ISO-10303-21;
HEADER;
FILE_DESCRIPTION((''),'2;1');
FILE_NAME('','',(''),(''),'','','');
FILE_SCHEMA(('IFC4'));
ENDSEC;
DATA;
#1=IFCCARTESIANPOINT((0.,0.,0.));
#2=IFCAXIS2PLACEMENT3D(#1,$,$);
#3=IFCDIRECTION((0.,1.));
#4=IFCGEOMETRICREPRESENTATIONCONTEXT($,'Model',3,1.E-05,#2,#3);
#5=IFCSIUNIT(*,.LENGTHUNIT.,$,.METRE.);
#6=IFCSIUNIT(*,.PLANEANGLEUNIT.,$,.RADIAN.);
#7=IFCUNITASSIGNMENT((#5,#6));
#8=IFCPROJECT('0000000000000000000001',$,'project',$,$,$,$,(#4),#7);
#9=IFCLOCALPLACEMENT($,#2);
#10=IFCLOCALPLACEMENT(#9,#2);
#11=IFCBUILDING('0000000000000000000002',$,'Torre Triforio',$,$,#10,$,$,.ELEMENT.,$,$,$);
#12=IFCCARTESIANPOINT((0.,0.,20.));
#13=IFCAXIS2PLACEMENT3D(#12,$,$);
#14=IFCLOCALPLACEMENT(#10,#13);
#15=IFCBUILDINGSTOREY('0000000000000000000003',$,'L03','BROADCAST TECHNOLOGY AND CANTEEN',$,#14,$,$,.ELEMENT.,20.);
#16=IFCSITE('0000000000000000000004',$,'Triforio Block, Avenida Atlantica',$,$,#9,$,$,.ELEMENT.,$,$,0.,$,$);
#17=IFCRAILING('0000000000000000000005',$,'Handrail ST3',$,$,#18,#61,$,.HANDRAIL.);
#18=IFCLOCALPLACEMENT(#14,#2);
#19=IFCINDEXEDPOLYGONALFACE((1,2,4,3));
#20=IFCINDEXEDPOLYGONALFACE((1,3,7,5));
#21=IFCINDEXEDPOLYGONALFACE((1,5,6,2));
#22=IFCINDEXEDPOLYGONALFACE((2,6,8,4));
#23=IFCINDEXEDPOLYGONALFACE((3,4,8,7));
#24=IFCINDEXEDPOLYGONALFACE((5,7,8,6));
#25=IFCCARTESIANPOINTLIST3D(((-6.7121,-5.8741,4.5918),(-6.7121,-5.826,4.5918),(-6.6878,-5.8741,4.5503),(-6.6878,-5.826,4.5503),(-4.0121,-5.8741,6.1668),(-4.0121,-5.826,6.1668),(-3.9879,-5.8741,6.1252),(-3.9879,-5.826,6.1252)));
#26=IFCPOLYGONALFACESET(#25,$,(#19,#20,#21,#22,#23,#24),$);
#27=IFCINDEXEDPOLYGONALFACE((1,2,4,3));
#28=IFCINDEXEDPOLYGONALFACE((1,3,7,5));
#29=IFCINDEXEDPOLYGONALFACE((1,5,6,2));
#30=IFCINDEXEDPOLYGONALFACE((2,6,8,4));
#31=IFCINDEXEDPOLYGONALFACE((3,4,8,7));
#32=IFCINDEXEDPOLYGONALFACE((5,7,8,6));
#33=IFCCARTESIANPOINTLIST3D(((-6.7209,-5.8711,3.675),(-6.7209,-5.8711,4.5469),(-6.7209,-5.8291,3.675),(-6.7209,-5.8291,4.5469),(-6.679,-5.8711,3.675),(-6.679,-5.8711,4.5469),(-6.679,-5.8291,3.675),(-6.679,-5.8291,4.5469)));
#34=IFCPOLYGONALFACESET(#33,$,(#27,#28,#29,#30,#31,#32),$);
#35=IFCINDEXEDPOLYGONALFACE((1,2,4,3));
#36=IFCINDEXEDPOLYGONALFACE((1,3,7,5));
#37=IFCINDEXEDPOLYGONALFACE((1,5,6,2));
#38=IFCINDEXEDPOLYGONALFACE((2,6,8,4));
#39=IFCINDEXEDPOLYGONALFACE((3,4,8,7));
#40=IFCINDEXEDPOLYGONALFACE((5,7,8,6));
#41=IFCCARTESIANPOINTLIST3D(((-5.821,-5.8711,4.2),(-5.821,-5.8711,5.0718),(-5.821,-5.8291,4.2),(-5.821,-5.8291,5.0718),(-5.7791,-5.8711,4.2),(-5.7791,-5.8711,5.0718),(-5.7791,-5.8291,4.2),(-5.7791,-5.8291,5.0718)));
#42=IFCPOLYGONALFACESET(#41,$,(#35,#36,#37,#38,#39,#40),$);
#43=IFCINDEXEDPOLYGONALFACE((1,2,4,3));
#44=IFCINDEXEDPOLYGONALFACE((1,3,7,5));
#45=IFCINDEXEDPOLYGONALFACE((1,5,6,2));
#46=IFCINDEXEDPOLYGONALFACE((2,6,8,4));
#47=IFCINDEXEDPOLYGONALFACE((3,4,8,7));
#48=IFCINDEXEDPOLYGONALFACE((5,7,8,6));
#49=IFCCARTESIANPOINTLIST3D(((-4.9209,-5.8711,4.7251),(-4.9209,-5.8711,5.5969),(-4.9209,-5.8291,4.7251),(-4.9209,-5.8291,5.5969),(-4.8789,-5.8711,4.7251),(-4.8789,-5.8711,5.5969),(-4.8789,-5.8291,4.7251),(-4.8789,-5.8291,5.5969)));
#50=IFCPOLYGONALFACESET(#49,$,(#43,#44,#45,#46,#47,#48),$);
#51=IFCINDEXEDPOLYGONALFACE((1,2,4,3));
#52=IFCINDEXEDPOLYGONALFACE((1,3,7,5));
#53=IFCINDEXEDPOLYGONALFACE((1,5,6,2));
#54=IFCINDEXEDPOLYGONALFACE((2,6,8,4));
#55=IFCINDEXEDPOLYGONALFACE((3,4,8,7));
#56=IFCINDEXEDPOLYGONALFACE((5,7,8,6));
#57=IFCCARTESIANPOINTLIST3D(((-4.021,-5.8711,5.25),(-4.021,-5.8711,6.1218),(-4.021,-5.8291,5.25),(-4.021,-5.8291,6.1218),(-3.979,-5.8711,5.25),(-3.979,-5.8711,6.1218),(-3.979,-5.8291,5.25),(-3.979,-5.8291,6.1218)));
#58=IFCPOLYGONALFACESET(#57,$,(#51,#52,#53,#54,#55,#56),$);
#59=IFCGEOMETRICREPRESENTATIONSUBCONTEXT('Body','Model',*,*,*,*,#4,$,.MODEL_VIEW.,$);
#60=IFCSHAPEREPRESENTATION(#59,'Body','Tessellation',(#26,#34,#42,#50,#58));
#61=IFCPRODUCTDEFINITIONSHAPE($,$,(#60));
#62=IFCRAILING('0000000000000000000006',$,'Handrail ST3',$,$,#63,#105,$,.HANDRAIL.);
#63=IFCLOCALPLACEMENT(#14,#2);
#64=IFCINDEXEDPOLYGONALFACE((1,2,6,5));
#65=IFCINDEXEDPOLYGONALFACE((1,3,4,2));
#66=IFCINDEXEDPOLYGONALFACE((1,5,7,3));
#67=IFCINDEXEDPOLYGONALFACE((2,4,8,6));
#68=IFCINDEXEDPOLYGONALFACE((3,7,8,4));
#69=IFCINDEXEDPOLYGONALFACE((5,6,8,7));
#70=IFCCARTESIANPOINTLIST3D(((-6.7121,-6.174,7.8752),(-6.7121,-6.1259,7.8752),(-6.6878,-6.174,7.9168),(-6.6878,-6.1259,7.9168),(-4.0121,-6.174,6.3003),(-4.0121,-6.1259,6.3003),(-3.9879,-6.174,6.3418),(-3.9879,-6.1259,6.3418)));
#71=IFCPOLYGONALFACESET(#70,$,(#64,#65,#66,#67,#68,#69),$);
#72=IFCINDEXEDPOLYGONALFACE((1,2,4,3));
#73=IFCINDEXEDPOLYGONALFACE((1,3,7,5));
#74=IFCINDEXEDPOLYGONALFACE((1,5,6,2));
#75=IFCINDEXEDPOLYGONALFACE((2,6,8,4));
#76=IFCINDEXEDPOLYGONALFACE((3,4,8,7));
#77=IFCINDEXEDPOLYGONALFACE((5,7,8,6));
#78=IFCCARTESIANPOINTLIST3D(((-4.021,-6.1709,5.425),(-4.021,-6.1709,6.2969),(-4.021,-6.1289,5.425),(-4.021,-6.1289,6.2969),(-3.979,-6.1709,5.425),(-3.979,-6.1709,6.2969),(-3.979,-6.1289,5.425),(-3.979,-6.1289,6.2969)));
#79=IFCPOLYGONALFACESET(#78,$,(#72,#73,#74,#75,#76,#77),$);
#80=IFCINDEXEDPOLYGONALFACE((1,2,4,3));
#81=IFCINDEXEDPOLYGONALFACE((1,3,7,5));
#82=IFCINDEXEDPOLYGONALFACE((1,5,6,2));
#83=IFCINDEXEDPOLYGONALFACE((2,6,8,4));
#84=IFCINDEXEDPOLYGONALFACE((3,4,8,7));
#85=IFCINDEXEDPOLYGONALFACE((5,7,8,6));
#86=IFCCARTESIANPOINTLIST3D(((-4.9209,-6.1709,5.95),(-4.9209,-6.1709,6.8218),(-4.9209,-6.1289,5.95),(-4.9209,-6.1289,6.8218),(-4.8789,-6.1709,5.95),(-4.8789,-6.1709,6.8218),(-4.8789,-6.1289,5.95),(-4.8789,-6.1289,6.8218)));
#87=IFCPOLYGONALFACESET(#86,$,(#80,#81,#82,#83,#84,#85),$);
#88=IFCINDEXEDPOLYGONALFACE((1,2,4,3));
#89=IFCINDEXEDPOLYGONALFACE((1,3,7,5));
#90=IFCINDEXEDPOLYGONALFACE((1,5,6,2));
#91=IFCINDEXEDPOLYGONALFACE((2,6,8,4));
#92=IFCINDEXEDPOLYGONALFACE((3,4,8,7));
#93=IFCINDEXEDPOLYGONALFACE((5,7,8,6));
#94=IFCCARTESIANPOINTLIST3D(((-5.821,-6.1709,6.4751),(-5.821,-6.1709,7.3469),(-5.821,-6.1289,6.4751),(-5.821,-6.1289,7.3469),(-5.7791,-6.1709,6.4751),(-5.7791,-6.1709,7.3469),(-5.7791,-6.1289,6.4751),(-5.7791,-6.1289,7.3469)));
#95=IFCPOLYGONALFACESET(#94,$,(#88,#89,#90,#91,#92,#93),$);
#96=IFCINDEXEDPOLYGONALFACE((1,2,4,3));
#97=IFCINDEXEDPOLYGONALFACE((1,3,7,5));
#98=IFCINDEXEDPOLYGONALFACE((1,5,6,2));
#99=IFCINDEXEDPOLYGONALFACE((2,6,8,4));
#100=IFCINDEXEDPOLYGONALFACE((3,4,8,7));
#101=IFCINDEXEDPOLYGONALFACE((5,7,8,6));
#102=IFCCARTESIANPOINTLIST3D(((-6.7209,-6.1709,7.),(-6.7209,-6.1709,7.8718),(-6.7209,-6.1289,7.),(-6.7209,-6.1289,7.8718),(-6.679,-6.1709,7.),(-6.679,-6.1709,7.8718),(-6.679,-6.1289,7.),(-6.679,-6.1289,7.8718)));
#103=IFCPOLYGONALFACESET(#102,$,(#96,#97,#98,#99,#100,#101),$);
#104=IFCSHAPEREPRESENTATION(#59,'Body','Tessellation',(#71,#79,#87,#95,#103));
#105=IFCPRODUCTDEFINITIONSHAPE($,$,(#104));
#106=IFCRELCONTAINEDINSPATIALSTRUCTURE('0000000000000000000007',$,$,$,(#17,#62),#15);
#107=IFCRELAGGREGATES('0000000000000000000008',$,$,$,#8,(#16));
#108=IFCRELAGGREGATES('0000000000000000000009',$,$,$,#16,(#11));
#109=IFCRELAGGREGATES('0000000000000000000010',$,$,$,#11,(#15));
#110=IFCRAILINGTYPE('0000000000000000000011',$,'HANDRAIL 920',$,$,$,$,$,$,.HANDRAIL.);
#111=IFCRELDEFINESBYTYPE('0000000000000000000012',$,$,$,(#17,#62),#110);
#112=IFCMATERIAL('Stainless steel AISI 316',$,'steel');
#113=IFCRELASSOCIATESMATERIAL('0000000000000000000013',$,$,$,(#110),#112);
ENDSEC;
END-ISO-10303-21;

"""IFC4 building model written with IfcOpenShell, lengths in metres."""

from ifc_helpers import new_model, si_unit, direction, frame, origin, origin_2d, place, context, subcontext, project, spatial, rectangle, extrude, material, type_object, element, save


model = new_model("IFC4")

# Units and contexts
model_context = context("Model", 3, precision=1e-05, world=origin(), true_north=direction((0.0, 1.0)))
body_context = subcontext(model_context, "Body", "Model", "MODEL_VIEW")
ifc_project = project(units=[si_unit("LENGTHUNIT", "METRE"), si_unit("PLANEANGLEUNIT", "RADIAN")], contexts=[model_context])

# Site, building, storey
site_placement = place(None, origin())
site = spatial("IfcSite", under=ifc_project, at=site_placement, Name="Triforio Block, Avenida Atlantica", CompositionType="ELEMENT", RefElevation=0.0)
building_placement = place(site_placement, origin())
building = spatial("IfcBuilding", under=site, at=building_placement, Name="Torre Triforio", CompositionType="ELEMENT")
storey_placement = place(building_placement, frame((0.0, 0.0, 20.0)))
storey = spatial("IfcBuildingStorey", under=building, at=storey_placement, Name="L03", Description="BROADCAST TECHNOLOGY AND CANTEEN", CompositionType="ELEMENT", Elevation=20.0)

# Railings
ifc_material_1 = material(Name="Stainless steel AISI 316", Category="steel")
railing_type = type_object("IfcRailingType", Name="HANDRAIL 920", PredefinedType="HANDRAIL", material=ifc_material_1)
for number, where, name in (
    (1, (-6.7, -5.8501, 3.675), "Handrail ST3"),
):
    element("IfcRailing", number, at=place(storey_placement, frame(where)), inside=storey, type_object=railing_type, Name=name, PredefinedType="HANDRAIL", context=body_context, shape_type="SweptSolid", body=[
        extrude(rectangle(XDim=0.0481, YDim=0.0481, at=origin_2d()), frame((0.0, 0.0, 0.896), z_axis=(0.863782, 0.0, 0.503866), x_axis=(0.0, 1.0, 0.0)), (0.0, 0.0, 1.0), 3.1257),
        extrude(rectangle(XDim=0.042, YDim=0.042, at=origin_2d()), origin(), (0.0, 0.0, 1.0), 0.8718),
        extrude(rectangle(XDim=0.042, YDim=0.042, at=origin_2d()), frame((0.8999, 0.0, 0.5249)), (0.0, 0.0, 1.0), 0.8718),
        extrude(rectangle(XDim=0.042, YDim=0.042, at=origin_2d()), frame((1.8, 0.0, 1.05)), (0.0, 0.0, 1.0), 0.8718),
        extrude(rectangle(XDim=0.042, YDim=0.042, at=origin_2d()), frame((2.7, 0.0, 1.575)), (0.0, 0.0, 1.0), 0.8718),
    ])
railing_1_placement = place(storey_placement, frame((-4.0, -6.1499, 5.425)))
element("IfcRailing", 2, at=railing_1_placement, inside=storey, type_object=railing_type, Name="Handrail ST3", PredefinedType="HANDRAIL", context=body_context, shape_type="SweptSolid", body=[
    extrude(rectangle(XDim=0.0481, YDim=0.0481, at=origin_2d()), frame((0.0, 0.0, 0.896), z_axis=(-0.863782, 0.0, 0.503866), x_axis=(0.0, -1.0, 0.0)), (0.0, 0.0, 1.0), 3.1257),
    extrude(rectangle(XDim=0.042, YDim=0.042, at=origin_2d()), origin(), (0.0, 0.0, 1.0), 0.8718),
    extrude(rectangle(XDim=0.042, YDim=0.042, at=origin_2d()), frame((-0.8999, 0.0, 0.5249)), (0.0, 0.0, 1.0), 0.8718),
    extrude(rectangle(XDim=0.042, YDim=0.042, at=origin_2d()), frame((-1.8, 0.0, 1.05)), (0.0, 0.0, 1.0), 0.8718),
    extrude(rectangle(XDim=0.042, YDim=0.042, at=origin_2d()), frame((-2.7, 0.0, 1.575)), (0.0, 0.0, 1.0), 0.8718),
])

save(model, "model.ifc")
